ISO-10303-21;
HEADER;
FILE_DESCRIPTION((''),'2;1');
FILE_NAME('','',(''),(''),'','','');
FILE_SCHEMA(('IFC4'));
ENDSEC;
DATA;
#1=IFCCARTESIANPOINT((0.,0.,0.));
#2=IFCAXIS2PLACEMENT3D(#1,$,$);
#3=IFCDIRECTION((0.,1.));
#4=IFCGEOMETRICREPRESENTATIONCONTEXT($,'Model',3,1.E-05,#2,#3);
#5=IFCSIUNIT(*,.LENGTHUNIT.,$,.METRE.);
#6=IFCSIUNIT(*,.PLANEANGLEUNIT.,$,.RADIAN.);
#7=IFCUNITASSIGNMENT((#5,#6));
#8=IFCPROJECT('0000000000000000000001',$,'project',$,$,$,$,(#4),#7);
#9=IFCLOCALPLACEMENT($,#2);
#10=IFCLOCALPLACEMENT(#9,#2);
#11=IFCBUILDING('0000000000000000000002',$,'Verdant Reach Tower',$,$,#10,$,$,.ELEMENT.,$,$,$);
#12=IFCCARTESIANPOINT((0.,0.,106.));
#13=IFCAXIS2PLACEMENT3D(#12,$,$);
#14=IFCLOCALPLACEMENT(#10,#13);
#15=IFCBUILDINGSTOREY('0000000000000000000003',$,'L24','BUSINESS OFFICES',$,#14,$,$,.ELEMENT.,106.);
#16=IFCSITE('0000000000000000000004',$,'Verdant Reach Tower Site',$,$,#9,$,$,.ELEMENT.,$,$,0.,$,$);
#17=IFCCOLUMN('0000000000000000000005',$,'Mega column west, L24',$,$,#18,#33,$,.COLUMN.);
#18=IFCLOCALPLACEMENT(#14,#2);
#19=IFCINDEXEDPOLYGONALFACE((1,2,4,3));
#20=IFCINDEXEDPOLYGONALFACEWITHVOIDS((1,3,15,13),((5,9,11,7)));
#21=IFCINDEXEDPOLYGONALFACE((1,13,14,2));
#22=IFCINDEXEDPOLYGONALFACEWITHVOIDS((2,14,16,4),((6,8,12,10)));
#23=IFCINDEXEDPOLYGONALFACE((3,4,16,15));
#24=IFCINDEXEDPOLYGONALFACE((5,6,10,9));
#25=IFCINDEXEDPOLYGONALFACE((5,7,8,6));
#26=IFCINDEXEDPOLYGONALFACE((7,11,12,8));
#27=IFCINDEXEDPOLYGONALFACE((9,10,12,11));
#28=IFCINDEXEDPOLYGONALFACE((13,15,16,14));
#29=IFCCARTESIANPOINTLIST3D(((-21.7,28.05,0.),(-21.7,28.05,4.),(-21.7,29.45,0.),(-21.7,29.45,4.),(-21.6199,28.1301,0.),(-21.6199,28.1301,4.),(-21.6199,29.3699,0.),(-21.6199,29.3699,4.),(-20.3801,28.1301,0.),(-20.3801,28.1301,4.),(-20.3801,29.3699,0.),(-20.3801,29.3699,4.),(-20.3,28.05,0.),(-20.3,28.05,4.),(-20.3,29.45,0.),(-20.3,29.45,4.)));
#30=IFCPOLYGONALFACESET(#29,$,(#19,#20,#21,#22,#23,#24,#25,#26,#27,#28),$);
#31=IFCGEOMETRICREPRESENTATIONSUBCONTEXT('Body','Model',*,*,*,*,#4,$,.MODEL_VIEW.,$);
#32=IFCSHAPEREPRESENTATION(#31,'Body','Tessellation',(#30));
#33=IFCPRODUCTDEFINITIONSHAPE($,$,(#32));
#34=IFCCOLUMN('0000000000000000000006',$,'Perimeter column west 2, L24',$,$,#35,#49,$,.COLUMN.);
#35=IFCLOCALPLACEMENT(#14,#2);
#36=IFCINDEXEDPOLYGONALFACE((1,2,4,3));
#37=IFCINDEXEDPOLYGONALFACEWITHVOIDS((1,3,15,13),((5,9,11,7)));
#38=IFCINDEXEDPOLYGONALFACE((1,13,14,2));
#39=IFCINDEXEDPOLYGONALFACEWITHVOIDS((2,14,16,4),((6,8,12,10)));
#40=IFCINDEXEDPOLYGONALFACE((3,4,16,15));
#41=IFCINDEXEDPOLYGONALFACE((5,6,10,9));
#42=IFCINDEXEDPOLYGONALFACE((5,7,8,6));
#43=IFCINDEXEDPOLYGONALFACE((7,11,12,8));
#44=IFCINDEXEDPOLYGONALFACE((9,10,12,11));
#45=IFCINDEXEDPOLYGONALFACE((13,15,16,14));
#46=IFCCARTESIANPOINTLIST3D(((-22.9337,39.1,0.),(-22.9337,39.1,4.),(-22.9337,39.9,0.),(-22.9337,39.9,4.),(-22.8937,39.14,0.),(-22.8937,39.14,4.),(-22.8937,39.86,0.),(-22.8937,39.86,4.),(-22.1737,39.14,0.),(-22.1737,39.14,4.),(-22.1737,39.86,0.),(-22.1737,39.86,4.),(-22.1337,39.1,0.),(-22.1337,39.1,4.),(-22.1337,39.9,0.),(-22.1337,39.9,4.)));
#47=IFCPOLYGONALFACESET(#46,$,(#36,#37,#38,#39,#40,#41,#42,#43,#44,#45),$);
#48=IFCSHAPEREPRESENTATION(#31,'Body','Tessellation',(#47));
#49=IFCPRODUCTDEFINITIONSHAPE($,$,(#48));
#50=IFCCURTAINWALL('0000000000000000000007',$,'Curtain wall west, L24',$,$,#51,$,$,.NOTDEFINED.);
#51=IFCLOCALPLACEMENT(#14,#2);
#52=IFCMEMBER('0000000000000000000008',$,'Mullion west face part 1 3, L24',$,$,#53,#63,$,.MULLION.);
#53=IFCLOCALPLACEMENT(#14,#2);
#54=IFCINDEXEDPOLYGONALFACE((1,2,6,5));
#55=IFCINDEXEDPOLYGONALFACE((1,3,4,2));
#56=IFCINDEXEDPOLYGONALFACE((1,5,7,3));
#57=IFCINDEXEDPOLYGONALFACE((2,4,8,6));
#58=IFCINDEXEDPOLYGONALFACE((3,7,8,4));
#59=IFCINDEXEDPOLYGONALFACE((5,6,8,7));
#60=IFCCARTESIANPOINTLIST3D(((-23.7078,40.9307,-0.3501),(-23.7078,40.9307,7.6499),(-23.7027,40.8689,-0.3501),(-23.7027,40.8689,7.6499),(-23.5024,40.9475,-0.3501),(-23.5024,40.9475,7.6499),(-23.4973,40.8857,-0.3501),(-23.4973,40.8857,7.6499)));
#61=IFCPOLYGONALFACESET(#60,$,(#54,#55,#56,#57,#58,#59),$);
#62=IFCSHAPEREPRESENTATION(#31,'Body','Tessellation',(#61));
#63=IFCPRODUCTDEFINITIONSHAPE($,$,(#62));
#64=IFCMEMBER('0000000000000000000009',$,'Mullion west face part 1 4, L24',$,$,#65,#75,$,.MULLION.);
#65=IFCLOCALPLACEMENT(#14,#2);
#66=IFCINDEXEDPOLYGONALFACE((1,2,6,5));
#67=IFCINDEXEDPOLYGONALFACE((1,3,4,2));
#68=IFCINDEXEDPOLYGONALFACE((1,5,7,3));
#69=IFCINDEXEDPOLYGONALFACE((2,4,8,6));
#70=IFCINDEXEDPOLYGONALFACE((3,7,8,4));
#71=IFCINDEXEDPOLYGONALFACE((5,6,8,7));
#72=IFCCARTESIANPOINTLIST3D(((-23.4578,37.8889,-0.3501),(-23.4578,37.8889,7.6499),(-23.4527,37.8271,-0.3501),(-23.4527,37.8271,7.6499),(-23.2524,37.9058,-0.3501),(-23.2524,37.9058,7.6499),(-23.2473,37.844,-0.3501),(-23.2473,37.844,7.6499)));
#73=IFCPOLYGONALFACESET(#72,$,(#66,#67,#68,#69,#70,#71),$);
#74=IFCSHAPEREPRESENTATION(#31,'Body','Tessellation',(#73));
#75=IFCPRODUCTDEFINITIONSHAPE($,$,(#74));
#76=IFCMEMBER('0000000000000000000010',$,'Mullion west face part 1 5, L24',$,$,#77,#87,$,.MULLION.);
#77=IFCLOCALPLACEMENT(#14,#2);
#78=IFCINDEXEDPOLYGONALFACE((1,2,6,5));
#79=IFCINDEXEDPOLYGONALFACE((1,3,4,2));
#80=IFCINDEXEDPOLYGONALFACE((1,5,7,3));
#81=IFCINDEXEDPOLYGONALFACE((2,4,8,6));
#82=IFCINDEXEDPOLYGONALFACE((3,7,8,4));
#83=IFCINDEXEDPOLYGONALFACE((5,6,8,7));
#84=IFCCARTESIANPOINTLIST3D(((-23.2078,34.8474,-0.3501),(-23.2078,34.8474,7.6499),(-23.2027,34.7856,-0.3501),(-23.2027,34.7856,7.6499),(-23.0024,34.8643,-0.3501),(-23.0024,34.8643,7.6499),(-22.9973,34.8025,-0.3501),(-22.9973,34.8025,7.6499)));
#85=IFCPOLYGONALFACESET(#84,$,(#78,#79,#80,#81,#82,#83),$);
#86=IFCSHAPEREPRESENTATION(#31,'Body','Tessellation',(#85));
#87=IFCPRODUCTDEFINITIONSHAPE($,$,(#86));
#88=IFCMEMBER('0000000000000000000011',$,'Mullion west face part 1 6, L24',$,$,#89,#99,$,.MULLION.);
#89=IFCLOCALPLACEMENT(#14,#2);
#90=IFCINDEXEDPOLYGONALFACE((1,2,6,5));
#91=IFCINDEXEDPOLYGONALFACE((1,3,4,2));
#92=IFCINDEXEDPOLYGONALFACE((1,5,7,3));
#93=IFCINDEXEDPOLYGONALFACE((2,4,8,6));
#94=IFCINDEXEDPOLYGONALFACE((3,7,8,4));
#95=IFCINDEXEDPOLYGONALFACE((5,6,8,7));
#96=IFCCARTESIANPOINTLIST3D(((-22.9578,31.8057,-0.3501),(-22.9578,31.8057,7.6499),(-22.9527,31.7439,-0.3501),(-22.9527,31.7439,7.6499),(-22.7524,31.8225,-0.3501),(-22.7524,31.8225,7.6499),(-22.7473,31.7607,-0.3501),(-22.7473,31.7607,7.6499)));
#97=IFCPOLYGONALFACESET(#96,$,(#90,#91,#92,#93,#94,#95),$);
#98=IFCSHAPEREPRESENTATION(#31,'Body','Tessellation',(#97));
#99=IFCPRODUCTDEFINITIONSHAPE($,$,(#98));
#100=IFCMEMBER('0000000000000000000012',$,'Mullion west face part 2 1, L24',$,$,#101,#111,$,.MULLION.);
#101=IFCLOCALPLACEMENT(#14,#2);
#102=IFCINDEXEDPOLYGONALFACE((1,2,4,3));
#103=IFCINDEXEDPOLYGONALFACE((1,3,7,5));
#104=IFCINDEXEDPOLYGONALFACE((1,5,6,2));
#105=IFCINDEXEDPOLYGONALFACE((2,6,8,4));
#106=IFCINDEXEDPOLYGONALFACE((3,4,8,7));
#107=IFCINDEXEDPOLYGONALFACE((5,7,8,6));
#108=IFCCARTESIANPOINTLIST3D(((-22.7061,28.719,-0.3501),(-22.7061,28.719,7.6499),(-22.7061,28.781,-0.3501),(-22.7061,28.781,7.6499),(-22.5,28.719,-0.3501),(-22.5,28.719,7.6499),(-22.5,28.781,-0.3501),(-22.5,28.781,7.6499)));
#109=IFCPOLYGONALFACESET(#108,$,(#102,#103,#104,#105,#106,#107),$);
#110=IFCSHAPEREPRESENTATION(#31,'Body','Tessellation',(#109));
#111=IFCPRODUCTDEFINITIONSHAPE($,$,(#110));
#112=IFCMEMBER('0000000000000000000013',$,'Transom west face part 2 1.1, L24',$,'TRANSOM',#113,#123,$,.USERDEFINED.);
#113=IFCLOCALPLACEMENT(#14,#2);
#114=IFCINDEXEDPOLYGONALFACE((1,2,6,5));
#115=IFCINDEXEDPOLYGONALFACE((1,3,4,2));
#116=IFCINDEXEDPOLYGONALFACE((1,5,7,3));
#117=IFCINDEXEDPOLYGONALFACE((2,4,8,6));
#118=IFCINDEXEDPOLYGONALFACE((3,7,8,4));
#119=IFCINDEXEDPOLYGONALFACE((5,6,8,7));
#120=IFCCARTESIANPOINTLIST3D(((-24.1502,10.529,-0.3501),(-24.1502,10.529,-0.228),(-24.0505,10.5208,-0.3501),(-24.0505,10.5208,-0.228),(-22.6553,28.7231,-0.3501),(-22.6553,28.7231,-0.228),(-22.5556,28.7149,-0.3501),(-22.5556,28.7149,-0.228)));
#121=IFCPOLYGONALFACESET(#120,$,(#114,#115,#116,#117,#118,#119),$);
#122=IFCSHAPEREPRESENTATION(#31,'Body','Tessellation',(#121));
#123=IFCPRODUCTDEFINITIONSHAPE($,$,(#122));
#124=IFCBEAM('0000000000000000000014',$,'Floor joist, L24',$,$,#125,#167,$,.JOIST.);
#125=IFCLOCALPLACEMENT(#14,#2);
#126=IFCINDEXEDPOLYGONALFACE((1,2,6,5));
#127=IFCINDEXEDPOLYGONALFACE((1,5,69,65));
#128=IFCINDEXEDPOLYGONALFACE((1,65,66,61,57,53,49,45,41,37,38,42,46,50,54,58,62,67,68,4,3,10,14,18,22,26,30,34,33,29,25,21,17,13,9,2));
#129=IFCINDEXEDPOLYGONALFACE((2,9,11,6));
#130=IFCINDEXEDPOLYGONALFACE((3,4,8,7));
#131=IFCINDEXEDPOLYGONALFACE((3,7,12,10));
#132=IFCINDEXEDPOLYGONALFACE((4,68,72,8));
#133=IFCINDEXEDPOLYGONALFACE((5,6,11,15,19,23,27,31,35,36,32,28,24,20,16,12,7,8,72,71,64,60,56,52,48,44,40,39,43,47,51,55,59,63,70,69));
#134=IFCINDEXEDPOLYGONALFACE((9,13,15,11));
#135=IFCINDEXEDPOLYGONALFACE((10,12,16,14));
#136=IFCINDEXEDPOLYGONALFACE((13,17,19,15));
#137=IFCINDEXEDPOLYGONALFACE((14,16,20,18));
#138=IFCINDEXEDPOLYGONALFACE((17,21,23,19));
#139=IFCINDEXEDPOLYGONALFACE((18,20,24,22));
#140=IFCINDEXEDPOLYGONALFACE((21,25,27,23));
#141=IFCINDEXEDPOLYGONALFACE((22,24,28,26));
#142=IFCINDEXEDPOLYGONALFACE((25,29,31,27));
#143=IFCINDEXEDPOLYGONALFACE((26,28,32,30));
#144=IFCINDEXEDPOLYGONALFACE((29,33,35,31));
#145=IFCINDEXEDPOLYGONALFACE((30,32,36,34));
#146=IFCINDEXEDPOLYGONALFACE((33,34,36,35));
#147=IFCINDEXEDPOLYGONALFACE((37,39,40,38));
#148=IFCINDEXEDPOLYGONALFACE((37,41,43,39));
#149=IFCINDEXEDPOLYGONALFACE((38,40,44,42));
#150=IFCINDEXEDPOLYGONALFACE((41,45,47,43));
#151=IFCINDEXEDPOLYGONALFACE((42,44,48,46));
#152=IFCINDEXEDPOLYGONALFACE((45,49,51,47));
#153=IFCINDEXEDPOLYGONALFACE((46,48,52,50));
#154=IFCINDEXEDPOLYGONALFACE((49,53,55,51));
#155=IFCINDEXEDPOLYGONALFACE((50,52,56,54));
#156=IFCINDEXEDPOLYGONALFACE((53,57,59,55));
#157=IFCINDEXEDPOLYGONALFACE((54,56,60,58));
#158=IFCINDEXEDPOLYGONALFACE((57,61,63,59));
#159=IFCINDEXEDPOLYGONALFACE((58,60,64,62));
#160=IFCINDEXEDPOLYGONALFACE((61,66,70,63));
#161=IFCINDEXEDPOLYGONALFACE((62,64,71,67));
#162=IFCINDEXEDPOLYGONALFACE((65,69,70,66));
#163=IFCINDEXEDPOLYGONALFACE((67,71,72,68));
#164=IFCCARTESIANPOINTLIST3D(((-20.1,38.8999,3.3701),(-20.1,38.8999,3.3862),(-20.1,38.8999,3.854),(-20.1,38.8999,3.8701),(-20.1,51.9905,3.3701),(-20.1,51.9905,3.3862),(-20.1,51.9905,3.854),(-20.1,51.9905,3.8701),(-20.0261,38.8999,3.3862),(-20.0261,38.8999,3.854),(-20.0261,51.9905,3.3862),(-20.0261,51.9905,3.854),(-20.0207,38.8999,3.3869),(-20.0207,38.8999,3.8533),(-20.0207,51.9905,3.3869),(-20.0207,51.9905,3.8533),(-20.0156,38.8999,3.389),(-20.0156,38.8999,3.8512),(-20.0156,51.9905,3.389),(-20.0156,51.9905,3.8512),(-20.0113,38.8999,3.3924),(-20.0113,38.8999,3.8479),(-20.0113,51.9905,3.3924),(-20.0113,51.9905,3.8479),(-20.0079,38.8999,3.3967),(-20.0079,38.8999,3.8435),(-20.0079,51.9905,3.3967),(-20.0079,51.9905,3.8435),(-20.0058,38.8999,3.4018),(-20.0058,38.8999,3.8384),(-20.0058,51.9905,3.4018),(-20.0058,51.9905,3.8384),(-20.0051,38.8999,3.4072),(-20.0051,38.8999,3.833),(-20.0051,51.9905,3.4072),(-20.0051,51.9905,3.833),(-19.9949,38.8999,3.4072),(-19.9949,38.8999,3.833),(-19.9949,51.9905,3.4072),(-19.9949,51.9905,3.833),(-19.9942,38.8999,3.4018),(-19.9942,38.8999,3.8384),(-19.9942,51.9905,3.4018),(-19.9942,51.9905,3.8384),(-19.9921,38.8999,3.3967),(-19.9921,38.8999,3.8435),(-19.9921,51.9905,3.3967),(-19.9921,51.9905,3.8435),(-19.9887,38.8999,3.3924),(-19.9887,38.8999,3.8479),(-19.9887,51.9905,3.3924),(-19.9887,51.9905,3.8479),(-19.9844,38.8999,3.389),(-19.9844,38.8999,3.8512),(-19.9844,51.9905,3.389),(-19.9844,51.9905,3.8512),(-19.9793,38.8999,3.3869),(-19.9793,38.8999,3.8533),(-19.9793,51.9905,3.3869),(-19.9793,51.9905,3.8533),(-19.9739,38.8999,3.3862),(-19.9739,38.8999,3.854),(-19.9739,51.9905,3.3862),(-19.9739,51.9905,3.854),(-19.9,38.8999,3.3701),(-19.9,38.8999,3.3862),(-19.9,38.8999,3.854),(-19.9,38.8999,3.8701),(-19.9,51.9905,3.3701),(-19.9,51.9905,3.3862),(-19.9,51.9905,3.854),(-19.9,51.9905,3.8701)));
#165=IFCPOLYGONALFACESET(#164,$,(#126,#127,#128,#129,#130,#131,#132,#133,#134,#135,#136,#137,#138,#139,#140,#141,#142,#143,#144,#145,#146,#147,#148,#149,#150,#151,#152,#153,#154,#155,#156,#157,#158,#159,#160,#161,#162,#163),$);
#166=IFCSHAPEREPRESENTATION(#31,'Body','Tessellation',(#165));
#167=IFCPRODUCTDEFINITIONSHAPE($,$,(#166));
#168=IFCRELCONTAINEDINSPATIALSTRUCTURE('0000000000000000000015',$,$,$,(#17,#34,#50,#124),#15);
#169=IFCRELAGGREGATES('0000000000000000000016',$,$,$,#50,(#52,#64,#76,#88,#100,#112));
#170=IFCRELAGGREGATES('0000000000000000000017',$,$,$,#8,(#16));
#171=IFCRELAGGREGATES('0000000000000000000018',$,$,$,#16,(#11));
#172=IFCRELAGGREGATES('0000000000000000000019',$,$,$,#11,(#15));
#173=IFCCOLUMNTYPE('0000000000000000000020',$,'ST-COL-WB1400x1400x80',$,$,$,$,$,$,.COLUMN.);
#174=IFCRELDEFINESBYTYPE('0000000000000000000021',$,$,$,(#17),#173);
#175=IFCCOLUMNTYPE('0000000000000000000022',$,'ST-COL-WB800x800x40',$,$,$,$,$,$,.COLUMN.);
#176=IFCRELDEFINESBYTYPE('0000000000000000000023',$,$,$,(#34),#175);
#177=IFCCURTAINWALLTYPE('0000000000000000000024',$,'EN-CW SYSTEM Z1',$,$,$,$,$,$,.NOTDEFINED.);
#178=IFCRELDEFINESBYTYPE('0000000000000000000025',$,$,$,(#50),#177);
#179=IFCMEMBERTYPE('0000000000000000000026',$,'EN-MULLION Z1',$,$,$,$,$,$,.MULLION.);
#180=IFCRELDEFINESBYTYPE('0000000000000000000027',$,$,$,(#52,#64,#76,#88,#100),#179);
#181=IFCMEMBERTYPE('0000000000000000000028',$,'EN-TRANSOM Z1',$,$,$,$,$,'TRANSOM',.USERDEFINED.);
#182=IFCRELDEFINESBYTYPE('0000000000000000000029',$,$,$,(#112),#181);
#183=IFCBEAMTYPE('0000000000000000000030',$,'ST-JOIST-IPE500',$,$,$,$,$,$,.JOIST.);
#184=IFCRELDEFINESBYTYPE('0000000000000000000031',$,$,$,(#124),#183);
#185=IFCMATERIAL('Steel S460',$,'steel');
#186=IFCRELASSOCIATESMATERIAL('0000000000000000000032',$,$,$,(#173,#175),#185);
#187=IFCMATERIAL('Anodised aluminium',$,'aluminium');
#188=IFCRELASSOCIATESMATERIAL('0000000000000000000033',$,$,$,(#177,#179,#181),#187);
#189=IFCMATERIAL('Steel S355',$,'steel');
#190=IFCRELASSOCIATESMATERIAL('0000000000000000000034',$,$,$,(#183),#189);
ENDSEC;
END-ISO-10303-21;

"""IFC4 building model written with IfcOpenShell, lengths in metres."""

from ifc_helpers import new_model, si_unit, direction, frame, origin, origin_2d, place, context, subcontext, project, spatial, rectangle, hollow_rectangle, i_section, extrude, material, material_profile, profile_set, type_object, element, aggregate, save


model = new_model("IFC4")

# Units and contexts
model_context = context("Model", 3, precision=1e-05, world=origin(), true_north=direction((0.0, 1.0)))
body_context = subcontext(model_context, "Body", "Model", "MODEL_VIEW")
ifc_project = project(units=[si_unit("LENGTHUNIT", "METRE"), si_unit("PLANEANGLEUNIT", "RADIAN")], contexts=[model_context])

# Site, building, storey
site_placement = place(None, origin())
site = spatial("IfcSite", under=ifc_project, at=site_placement, Name="Verdant Reach Tower Site", CompositionType="ELEMENT", RefElevation=0.0)
building_placement = place(site_placement, origin())
building = spatial("IfcBuilding", under=site, at=building_placement, Name="Verdant Reach Tower", CompositionType="ELEMENT")
storey_placement = place(building_placement, frame((0.0, 0.0, 106.0)))
storey = spatial("IfcBuildingStorey", under=building, at=storey_placement, Name="L24", Description="BUSINESS OFFICES", CompositionType="ELEMENT", Elevation=106.0)

# Columns
ifc_material_1 = material(Name="Steel S460", Category="steel")
ifc_material_profile_1 = material_profile(ifc_material_1, hollow_rectangle(XDim=1.3999, YDim=1.3999, WallThickness=0.0801, at=origin_2d()), Name="WB 1400x1400x80")
ifc_profile_set_1 = profile_set([ifc_material_profile_1], Name="Steel S460")
column_type_1 = type_object("IfcColumnType", Name="ST-COL-WB1400x1400x80", PredefinedType="COLUMN", material=ifc_profile_set_1)
column_1_placement = place(storey_placement, frame((-21.0, 28.75, 0.0), z_axis=(0.0, 0.0, 1.0), x_axis=(1.0, 0.0, 0.0)))
element("IfcColumn", 1, at=column_1_placement, inside=storey, type_object=column_type_1, Name="Mega column west, L24", PredefinedType="COLUMN", context=body_context, shape_type="SweptSolid", body=[
    extrude(hollow_rectangle(XDim=1.3999, YDim=1.3999, WallThickness=0.0801, at=origin_2d()), origin(), (0.0, 0.0, 1.0), 4.0),
])
ifc_material_profile_2 = material_profile(ifc_material_1, hollow_rectangle(XDim=0.8, YDim=0.8, WallThickness=0.04, at=origin_2d()), Name="WB 800x800x40")
ifc_profile_set_2 = profile_set([ifc_material_profile_2], Name="Steel S460")
column_type_2 = type_object("IfcColumnType", Name="ST-COL-WB800x800x40", PredefinedType="COLUMN", material=ifc_profile_set_2)
column_2_placement = place(storey_placement, frame((-22.5337, 39.5, 0.0), z_axis=(0.0, 0.0, 1.0), x_axis=(1.0, 0.0, 0.0)))
element("IfcColumn", 2, at=column_2_placement, inside=storey, type_object=column_type_2, Name="Perimeter column west 2, L24", PredefinedType="COLUMN", context=body_context, shape_type="SweptSolid", body=[
    extrude(hollow_rectangle(XDim=0.8, YDim=0.8, WallThickness=0.04, at=origin_2d()), origin(), (0.0, 0.0, 1.0), 4.0),
])

# Curtain wall, members
ifc_material_2 = material(Name="Anodised aluminium", Category="aluminium")
curtain_wall_type = type_object("IfcCurtainWallType", Name="EN-CW SYSTEM Z1", PredefinedType="NOTDEFINED", material=ifc_material_2)
curtain_wall_placement = place(storey_placement, origin())
curtain_wall = element("IfcCurtainWall", 3, at=curtain_wall_placement, inside=storey, type_object=curtain_wall_type, Name="Curtain wall west, L24", PredefinedType="NOTDEFINED")
ifc_material_profile_3 = material_profile(ifc_material_2, rectangle(XDim=0.2061, YDim=0.062, at=origin_2d()), Name="Mullion 62x206")
ifc_profile_set_3 = profile_set([ifc_material_profile_3], Name="Anodised aluminium")
member_type_1 = type_object("IfcMemberType", Name="EN-MULLION Z1", PredefinedType="MULLION", material=ifc_profile_set_3)
member_1_placement = place(storey_placement, frame((-23.6025, 40.9082, -0.3501), z_axis=(0.0, 0.0, 1.0), x_axis=(-0.996639, -0.081916, 0.0)))
member_1 = element("IfcMember", 4, at=member_1_placement, type_object=member_type_1, Name="Mullion west face part 1 3, L24", PredefinedType="MULLION", context=body_context, shape_type="SweptSolid", body=[
    extrude(rectangle(XDim=0.2061, YDim=0.062, at=origin_2d()), origin(), (0.0, 0.0, 1.0), 8.0),
])
member_2_placement = place(storey_placement, frame((-23.3525, 37.8665, -0.3501), z_axis=(0.0, 0.0, 1.0), x_axis=(-0.996639, -0.081916, 0.0)))
member_2 = element("IfcMember", 5, at=member_2_placement, type_object=member_type_1, Name="Mullion west face part 1 4, L24", PredefinedType="MULLION", context=body_context, shape_type="SweptSolid", body=[
    extrude(rectangle(XDim=0.2061, YDim=0.062, at=origin_2d()), origin(), (0.0, 0.0, 1.0), 8.0),
])
member_3_placement = place(storey_placement, frame((-23.1025, 34.825, -0.3501), z_axis=(0.0, 0.0, 1.0), x_axis=(-0.996639, -0.081916, 0.0)))
member_3 = element("IfcMember", 6, at=member_3_placement, type_object=member_type_1, Name="Mullion west face part 1 5, L24", PredefinedType="MULLION", context=body_context, shape_type="SweptSolid", body=[
    extrude(rectangle(XDim=0.2061, YDim=0.062, at=origin_2d()), origin(), (0.0, 0.0, 1.0), 8.0),
])
member_4_placement = place(storey_placement, frame((-22.8525, 31.7832, -0.3501), z_axis=(0.0, 0.0, 1.0), x_axis=(-0.996639, -0.081916, 0.0)))
member_4 = element("IfcMember", 7, at=member_4_placement, type_object=member_type_1, Name="Mullion west face part 1 6, L24", PredefinedType="MULLION", context=body_context, shape_type="SweptSolid", body=[
    extrude(rectangle(XDim=0.2061, YDim=0.062, at=origin_2d()), origin(), (0.0, 0.0, 1.0), 8.0),
])
member_5_placement = place(storey_placement, frame((-22.603, 28.75, -0.3501), z_axis=(0.0, 0.0, 1.0), x_axis=(-1.0, 0.0, 0.0)))
member_5 = element("IfcMember", 8, at=member_5_placement, type_object=member_type_1, Name="Mullion west face part 2 1, L24", PredefinedType="MULLION", context=body_context, shape_type="SweptSolid", body=[
    extrude(rectangle(XDim=0.2061, YDim=0.062, at=origin_2d()), origin(), (0.0, 0.0, 1.0), 8.0),
])
ifc_material_profile_4 = material_profile(ifc_material_2, rectangle(XDim=0.1001, YDim=0.1221, at=origin_2d()), Name="Transom 122x100")
ifc_profile_set_4 = profile_set([ifc_material_profile_4], Name="Anodised aluminium")
member_type_2 = type_object("IfcMemberType", Name="EN-TRANSOM Z1", ElementType="TRANSOM", PredefinedType="USERDEFINED", material=ifc_profile_set_4)
member_6_placement = place(storey_placement, frame((-22.6055, 28.719, -0.2891), z_axis=(-0.081887, -0.996642, 0.0), x_axis=(0.996642, -0.081887, 0.0)))
member_6 = element("IfcMember", 9, at=member_6_placement, type_object=member_type_2, Name="Transom west face part 2 1.1, L24", ObjectType="TRANSOM", PredefinedType="USERDEFINED", context=body_context, shape_type="SweptSolid", body=[
    extrude(rectangle(XDim=0.1001, YDim=0.1221, at=origin_2d()), origin(), (0.0, 0.0, 1.0), 18.2554),
])

# Beam
ifc_material_3 = material(Name="Steel S355", Category="steel")
ifc_material_profile_5 = material_profile(ifc_material_3, i_section(OverallWidth=0.2, OverallDepth=0.5, WebThickness=0.0103, FlangeThickness=0.0161, FilletRadius=0.021, at=origin_2d()), Name="IPE 500")
ifc_profile_set_5 = profile_set([ifc_material_profile_5], Name="Steel S355")
beam_type_1 = type_object("IfcBeamType", Name="ST-JOIST-IPE500", PredefinedType="JOIST", material=ifc_profile_set_5)
beam_1_placement = place(storey_placement, frame((-20.0, 38.8999, 3.6201), z_axis=(0.0, 1.0, 0.0), x_axis=(-1.0, 0.0, 0.0)))
element("IfcBeam", 10, at=beam_1_placement, inside=storey, type_object=beam_type_1, Name="Floor joist, L24", PredefinedType="JOIST", context=body_context, shape_type="SweptSolid", body=[
    extrude(i_section(OverallWidth=0.2, OverallDepth=0.5, WebThickness=0.0103, FlangeThickness=0.0161, FilletRadius=0.021, at=origin_2d()), origin(), (0.0, 0.0, 1.0), 13.0906),
])

aggregate(curtain_wall, [member_1, member_2, member_3, member_4, member_5, member_6])

save(model, "model.ifc")
